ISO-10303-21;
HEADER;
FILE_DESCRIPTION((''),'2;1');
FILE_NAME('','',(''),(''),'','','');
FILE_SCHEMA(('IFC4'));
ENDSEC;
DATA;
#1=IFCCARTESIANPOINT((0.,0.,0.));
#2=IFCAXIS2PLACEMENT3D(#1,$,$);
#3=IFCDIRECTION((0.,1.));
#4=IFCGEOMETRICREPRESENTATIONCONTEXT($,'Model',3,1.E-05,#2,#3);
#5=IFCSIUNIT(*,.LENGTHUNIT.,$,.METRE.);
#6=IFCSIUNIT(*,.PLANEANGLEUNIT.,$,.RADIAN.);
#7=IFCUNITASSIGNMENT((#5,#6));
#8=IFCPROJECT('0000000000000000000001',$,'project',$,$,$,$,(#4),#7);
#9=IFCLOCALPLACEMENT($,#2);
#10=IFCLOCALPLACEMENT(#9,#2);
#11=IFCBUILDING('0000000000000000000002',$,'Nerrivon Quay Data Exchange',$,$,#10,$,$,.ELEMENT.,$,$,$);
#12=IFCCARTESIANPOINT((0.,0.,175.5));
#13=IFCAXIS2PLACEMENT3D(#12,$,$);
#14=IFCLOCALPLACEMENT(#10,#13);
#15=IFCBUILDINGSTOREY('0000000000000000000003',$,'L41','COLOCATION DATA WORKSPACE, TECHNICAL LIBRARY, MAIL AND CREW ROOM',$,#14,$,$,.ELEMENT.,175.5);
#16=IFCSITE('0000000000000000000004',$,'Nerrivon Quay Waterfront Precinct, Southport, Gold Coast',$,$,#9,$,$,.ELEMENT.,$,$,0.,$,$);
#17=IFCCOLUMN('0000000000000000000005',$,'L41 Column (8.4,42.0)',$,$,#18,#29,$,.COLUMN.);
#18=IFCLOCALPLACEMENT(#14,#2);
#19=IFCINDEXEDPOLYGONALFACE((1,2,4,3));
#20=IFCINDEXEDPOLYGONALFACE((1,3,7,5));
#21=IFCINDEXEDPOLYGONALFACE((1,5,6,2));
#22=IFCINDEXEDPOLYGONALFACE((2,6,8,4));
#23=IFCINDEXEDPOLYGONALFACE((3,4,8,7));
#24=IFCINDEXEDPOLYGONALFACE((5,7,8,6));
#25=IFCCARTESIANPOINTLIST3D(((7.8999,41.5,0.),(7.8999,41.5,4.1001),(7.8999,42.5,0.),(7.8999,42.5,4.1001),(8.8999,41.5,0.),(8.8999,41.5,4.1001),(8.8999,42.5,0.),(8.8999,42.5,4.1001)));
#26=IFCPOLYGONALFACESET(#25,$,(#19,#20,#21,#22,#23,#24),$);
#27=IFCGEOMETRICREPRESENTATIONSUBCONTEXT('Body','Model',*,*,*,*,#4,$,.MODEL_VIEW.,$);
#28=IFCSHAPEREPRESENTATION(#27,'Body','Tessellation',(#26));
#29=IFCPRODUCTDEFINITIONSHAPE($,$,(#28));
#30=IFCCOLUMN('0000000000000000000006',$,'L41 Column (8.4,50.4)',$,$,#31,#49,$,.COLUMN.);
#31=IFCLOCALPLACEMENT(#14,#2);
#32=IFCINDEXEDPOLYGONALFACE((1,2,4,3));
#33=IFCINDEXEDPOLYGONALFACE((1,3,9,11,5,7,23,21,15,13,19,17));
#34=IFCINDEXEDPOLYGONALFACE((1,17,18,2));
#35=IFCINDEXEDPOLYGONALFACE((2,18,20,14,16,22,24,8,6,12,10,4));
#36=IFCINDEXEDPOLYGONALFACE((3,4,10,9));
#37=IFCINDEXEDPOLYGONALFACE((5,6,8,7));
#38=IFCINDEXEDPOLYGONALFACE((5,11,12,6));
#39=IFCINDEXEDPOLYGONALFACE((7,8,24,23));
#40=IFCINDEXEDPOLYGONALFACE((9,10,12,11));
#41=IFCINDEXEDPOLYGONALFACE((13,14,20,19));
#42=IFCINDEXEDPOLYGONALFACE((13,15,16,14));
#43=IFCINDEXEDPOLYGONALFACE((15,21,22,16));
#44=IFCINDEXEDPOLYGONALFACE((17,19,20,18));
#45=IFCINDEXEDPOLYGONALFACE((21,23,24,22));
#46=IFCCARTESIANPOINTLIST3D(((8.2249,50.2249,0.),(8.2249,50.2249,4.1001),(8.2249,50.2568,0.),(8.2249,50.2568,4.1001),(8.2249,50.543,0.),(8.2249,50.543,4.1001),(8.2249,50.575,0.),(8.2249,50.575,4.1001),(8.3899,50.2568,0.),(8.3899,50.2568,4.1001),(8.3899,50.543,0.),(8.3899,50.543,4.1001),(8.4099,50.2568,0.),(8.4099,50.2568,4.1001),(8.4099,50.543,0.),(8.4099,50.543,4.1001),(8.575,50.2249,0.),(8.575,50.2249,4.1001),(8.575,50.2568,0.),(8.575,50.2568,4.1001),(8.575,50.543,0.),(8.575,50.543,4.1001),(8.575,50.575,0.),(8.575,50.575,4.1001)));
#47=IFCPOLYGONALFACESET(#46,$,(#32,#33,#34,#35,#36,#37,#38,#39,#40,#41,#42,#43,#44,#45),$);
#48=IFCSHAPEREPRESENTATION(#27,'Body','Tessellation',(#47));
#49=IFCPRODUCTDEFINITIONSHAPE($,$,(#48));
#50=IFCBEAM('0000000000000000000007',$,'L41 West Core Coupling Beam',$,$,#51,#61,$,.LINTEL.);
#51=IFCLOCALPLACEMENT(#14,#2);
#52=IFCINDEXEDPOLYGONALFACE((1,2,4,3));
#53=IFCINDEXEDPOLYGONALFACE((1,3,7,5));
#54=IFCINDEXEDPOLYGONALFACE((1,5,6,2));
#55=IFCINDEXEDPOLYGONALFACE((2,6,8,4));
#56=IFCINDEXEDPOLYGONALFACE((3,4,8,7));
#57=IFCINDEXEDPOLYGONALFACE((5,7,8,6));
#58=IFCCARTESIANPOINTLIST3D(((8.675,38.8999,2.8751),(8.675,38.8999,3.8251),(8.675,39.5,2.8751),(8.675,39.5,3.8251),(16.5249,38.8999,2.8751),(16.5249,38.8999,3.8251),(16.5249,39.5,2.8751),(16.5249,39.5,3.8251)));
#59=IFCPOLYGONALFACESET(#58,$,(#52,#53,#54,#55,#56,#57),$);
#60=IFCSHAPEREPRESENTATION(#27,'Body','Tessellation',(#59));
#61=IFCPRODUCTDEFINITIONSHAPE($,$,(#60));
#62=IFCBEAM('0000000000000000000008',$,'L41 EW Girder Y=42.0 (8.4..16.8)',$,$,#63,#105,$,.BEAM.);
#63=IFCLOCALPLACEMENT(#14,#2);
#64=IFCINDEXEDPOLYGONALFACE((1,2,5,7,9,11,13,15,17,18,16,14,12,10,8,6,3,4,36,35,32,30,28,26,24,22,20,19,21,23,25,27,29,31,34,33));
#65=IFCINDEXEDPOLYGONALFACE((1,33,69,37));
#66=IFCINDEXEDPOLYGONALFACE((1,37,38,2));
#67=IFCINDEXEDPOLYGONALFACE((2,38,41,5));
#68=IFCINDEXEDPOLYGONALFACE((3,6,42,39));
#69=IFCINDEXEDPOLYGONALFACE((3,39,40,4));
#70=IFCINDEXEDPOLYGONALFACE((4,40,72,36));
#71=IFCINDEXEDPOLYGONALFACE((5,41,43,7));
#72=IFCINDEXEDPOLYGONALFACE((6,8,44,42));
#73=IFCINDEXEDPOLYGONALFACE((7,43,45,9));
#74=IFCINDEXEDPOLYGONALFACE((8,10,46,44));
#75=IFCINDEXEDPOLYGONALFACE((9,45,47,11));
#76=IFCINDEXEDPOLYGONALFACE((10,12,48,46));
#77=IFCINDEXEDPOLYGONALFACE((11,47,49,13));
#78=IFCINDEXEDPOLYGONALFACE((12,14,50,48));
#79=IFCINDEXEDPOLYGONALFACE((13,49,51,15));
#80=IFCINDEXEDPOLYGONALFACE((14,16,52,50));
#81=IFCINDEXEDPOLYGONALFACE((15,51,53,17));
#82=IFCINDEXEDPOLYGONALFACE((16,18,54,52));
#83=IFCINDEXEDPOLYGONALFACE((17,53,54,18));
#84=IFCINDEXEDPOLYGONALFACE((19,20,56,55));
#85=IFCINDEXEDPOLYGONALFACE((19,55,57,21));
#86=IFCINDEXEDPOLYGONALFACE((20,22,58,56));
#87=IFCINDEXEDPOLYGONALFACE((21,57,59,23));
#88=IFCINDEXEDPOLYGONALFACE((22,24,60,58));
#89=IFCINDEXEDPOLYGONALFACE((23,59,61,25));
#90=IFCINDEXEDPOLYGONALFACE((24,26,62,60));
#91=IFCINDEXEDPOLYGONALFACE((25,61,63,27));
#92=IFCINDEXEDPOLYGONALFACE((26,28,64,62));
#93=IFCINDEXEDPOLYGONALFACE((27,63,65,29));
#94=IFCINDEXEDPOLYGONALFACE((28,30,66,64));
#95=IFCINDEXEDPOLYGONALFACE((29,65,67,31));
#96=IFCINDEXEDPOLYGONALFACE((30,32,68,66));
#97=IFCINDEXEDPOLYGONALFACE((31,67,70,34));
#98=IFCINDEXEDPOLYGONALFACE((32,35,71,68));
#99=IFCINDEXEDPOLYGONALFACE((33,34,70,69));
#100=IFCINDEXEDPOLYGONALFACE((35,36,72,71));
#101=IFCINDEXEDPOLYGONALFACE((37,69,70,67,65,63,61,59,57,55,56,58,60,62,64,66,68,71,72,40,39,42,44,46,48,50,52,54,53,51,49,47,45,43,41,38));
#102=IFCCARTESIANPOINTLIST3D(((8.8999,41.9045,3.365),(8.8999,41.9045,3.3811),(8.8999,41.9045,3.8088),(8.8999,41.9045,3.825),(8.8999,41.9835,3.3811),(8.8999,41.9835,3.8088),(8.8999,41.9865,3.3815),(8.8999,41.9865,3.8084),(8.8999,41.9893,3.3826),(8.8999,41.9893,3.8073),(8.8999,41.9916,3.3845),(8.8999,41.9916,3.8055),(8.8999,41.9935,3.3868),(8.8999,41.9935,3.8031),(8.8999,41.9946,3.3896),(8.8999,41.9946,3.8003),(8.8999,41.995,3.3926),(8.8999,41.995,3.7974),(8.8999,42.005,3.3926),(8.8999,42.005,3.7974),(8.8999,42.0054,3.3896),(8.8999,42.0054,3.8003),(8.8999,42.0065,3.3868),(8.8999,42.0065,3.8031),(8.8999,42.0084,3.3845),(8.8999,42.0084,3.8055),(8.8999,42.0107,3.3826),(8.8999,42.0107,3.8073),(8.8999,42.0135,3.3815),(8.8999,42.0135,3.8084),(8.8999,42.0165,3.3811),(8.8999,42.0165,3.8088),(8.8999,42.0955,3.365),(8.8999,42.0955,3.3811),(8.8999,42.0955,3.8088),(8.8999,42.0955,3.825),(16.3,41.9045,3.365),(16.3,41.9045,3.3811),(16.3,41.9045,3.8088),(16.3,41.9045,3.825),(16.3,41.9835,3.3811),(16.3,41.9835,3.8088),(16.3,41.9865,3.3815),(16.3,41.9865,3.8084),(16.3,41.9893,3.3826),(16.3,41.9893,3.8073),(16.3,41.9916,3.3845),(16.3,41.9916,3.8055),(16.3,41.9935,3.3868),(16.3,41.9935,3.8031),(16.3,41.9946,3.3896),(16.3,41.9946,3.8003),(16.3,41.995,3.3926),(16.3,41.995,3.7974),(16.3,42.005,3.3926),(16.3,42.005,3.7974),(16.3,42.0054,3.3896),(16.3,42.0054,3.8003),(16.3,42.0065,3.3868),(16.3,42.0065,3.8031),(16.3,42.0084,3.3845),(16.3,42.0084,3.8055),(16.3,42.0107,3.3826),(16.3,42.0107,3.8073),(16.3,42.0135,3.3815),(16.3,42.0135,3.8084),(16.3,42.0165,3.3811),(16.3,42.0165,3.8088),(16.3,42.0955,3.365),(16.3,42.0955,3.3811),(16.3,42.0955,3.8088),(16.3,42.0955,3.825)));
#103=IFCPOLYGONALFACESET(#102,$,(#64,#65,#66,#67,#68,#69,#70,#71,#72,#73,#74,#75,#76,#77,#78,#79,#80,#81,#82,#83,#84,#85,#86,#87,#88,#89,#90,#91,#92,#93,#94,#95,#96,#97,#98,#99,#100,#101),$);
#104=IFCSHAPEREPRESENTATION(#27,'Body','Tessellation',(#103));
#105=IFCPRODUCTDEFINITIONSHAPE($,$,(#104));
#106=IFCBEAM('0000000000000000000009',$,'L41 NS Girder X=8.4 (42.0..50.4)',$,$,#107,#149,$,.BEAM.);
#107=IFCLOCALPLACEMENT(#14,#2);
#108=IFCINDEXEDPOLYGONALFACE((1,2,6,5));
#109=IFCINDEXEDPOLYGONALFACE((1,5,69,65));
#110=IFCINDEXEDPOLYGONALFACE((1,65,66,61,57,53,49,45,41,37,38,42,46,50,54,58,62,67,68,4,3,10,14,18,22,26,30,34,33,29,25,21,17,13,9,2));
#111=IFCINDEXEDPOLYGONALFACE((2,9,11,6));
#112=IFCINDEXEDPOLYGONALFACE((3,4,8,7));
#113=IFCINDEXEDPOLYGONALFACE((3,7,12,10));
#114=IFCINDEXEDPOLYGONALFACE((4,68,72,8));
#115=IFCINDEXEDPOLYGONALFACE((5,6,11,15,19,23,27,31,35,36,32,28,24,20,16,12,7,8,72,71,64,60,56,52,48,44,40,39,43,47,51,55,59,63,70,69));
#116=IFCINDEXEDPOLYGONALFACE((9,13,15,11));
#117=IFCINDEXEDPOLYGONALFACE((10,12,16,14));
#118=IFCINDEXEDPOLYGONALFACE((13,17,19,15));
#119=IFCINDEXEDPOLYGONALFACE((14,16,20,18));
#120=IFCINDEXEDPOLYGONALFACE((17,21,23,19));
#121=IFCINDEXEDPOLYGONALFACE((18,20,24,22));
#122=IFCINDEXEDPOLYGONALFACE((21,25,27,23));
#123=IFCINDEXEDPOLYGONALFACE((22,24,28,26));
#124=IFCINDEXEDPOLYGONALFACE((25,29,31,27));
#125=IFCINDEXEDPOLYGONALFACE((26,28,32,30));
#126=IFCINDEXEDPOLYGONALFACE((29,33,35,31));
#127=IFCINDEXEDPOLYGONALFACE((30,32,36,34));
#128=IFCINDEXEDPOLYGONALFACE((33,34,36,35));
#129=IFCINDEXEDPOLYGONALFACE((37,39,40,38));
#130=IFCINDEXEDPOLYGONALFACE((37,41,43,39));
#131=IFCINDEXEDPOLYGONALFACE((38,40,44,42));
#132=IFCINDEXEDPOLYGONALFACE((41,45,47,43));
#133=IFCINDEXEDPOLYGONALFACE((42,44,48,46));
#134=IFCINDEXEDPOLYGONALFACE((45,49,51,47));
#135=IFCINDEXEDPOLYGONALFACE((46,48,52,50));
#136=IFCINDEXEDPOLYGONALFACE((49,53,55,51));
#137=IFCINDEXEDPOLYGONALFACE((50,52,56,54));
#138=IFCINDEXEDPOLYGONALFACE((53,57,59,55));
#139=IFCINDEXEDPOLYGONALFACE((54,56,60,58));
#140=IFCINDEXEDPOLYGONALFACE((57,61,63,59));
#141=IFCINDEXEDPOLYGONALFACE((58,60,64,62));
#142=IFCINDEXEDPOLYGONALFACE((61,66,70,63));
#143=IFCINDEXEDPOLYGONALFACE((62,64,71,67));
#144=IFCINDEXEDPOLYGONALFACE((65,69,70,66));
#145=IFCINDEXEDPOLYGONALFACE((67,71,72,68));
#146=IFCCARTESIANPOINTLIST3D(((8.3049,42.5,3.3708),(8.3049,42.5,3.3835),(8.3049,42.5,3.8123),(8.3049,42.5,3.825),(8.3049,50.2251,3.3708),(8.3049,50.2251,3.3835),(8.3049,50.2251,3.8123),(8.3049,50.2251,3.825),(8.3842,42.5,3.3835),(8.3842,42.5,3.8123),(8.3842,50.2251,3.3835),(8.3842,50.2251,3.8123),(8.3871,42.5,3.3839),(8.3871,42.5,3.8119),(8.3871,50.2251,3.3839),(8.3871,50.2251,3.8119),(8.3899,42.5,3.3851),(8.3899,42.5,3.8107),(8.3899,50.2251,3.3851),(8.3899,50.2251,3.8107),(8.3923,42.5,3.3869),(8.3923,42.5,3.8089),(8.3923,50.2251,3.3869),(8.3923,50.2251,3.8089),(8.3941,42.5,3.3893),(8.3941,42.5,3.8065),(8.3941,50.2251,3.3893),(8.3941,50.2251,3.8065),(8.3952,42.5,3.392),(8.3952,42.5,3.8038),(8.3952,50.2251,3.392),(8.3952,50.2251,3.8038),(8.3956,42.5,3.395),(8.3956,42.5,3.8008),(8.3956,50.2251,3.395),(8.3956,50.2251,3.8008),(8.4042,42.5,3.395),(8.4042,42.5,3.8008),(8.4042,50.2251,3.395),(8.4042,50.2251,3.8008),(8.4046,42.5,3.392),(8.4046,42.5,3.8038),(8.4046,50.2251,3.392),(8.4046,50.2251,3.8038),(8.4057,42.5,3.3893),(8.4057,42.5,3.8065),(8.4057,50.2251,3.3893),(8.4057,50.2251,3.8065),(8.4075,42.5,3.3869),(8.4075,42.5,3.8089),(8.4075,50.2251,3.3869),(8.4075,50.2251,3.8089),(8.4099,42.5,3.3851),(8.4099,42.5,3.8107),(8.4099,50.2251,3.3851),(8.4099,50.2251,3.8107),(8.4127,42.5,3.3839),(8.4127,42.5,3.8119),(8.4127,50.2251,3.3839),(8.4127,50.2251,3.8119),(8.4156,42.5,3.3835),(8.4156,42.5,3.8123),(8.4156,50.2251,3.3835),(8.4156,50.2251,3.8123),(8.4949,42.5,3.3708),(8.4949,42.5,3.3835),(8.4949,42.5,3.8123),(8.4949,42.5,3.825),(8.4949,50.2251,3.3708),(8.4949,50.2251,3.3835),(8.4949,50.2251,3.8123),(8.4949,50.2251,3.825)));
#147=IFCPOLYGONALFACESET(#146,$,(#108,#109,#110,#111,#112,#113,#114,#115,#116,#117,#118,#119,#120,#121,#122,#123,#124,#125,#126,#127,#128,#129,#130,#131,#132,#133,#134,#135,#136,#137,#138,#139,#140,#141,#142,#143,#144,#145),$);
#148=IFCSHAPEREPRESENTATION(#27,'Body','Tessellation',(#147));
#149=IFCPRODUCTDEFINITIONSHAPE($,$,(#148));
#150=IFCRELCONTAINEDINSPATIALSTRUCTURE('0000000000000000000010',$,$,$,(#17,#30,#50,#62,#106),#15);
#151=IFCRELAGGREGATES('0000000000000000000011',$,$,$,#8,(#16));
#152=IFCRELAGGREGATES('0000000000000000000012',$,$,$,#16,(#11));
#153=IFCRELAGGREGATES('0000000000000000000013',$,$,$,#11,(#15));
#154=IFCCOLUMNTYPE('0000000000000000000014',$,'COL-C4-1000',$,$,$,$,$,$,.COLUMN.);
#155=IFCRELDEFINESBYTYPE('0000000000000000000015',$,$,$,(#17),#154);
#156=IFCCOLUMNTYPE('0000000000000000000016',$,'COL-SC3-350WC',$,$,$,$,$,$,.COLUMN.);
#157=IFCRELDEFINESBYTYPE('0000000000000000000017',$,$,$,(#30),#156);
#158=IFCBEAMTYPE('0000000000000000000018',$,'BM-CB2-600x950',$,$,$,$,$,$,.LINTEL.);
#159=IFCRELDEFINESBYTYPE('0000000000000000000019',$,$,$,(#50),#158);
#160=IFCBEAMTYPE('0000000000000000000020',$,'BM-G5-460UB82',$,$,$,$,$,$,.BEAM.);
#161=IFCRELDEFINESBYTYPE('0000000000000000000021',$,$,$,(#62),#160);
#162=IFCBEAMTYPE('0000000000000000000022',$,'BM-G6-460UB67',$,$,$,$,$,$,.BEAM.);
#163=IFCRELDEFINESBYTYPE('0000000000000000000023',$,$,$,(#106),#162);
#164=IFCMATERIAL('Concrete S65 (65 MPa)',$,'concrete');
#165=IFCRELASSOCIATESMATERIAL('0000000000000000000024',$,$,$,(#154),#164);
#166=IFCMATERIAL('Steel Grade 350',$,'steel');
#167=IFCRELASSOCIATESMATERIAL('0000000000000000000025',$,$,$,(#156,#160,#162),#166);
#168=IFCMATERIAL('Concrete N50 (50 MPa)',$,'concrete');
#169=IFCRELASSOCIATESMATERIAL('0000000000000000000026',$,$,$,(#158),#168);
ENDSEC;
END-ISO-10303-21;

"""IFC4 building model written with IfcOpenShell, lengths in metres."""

from ifc_helpers import new_model, si_unit, direction, frame, origin, origin_2d, place, context, subcontext, project, spatial, rectangle, i_section, extrude, material, material_profile, profile_set, type_object, element, save


model = new_model("IFC4")

# Units and contexts
model_context = context("Model", 3, precision=1e-05, world=origin(), true_north=direction((0.0, 1.0)))
body_context = subcontext(model_context, "Body", "Model", "MODEL_VIEW")
ifc_project = project(units=[si_unit("LENGTHUNIT", "METRE"), si_unit("PLANEANGLEUNIT", "RADIAN")], contexts=[model_context])

# Site, building, storey
site_placement = place(None, origin())
site = spatial("IfcSite", under=ifc_project, at=site_placement, Name="Nerrivon Quay Waterfront Precinct, Southport, Gold Coast", CompositionType="ELEMENT", RefElevation=0.0)
building_placement = place(site_placement, origin())
building = spatial("IfcBuilding", under=site, at=building_placement, Name="Nerrivon Quay Data Exchange", CompositionType="ELEMENT")
storey_placement = place(building_placement, frame((0.0, 0.0, 175.5)))
storey = spatial("IfcBuildingStorey", under=building, at=storey_placement, Name="L41", Description="COLOCATION DATA WORKSPACE, TECHNICAL LIBRARY, MAIL AND CREW ROOM", CompositionType="ELEMENT", Elevation=175.5)

# Columns
ifc_material_1 = material(Name="Concrete S65 (65 MPa)", Category="concrete")
ifc_material_profile_1 = material_profile(ifc_material_1, rectangle(XDim=1.0, YDim=1.0, at=origin_2d()), Name="RC-COL-1000x1000")
ifc_profile_set_1 = profile_set([ifc_material_profile_1], Name="Concrete S65 (65 MPa)")
column_type_1 = type_object("IfcColumnType", Name="COL-C4-1000", PredefinedType="COLUMN", material=ifc_profile_set_1)
column_1_placement = place(storey_placement, frame((8.3999, 42.0, 0.0), z_axis=(0.0, 0.0, 1.0), x_axis=(1.0, 0.0, 0.0)))
element("IfcColumn", 1, at=column_1_placement, inside=storey, type_object=column_type_1, Name="L41 Column (8.4,42.0)", PredefinedType="COLUMN", context=body_context, shape_type="SweptSolid", body=[
    extrude(rectangle(XDim=1.0, YDim=1.0, at=origin_2d()), origin(), (0.0, 0.0, 1.0), 4.1001),
])
ifc_material_2 = material(Name="Steel Grade 350", Category="steel")
ifc_material_profile_2 = material_profile(ifc_material_2, i_section(OverallWidth=0.3501, OverallDepth=0.3501, WebThickness=0.02, FlangeThickness=0.032, at=origin_2d()), Name="350WC230")
ifc_profile_set_2 = profile_set([ifc_material_profile_2], Name="Steel Grade 350")
column_type_2 = type_object("IfcColumnType", Name="COL-SC3-350WC", PredefinedType="COLUMN", material=ifc_profile_set_2)
column_2_placement = place(storey_placement, frame((8.3999, 50.3999, 0.0), z_axis=(0.0, 0.0, 1.0), x_axis=(1.0, 0.0, 0.0)))
element("IfcColumn", 2, at=column_2_placement, inside=storey, type_object=column_type_2, Name="L41 Column (8.4,50.4)", PredefinedType="COLUMN", context=body_context, shape_type="SweptSolid", body=[
    extrude(i_section(OverallWidth=0.3501, OverallDepth=0.3501, WebThickness=0.02, FlangeThickness=0.032, at=origin_2d()), origin(), (0.0, 0.0, 1.0), 4.1001),
])

# Beams
ifc_material_3 = material(Name="Concrete N50 (50 MPa)", Category="concrete")
ifc_material_profile_3 = material_profile(ifc_material_3, rectangle(XDim=0.6001, YDim=0.95, at=origin_2d()), Name="RC-CB-600x950")
ifc_profile_set_3 = profile_set([ifc_material_profile_3], Name="Concrete N50 (50 MPa)")
beam_type_1 = type_object("IfcBeamType", Name="BM-CB2-600x950", PredefinedType="LINTEL", material=ifc_profile_set_3)
beam_1_placement = place(storey_placement, frame((8.675, 39.2, 3.3501), z_axis=(1.0, 0.0, 0.0), x_axis=(0.0, 1.0, 0.0)))
element("IfcBeam", 3, at=beam_1_placement, inside=storey, type_object=beam_type_1, Name="L41 West Core Coupling Beam", PredefinedType="LINTEL", context=body_context, shape_type="SweptSolid", body=[
    extrude(rectangle(XDim=0.6001, YDim=0.95, at=origin_2d()), origin(), (0.0, 0.0, 1.0), 7.8499),
])
ifc_material_profile_4 = material_profile(ifc_material_2, i_section(OverallWidth=0.1909, OverallDepth=0.46, WebThickness=0.01, FlangeThickness=0.0161, FilletRadius=0.0115, at=origin_2d()), Name="460UB82.1")
ifc_profile_set_4 = profile_set([ifc_material_profile_4], Name="Steel Grade 350")
beam_type_2 = type_object("IfcBeamType", Name="BM-G5-460UB82", PredefinedType="BEAM", material=ifc_profile_set_4)
beam_2_placement = place(storey_placement, frame((8.8999, 42.0, 3.595), z_axis=(1.0, 0.0, 0.0), x_axis=(0.0, 1.0, 0.0)))
element("IfcBeam", 4, at=beam_2_placement, inside=storey, type_object=beam_type_2, Name="L41 EW Girder Y=42.0 (8.4..16.8)", PredefinedType="BEAM", context=body_context, shape_type="SweptSolid", body=[
    extrude(i_section(OverallWidth=0.1909, OverallDepth=0.46, WebThickness=0.01, FlangeThickness=0.0161, FilletRadius=0.0115, at=origin_2d()), origin(), (0.0, 0.0, 1.0), 7.4001),
])
ifc_material_profile_5 = material_profile(ifc_material_2, i_section(OverallWidth=0.1899, OverallDepth=0.4541, WebThickness=0.0085, FlangeThickness=0.0127, FilletRadius=0.0115, at=origin_2d()), Name="460UB67.1")
ifc_profile_set_5 = profile_set([ifc_material_profile_5], Name="Steel Grade 350")
beam_type_3 = type_object("IfcBeamType", Name="BM-G6-460UB67", PredefinedType="BEAM", material=ifc_profile_set_5)
beam_3_placement = place(storey_placement, frame((8.3999, 42.5, 3.5979), z_axis=(0.0, 1.0, 0.0), x_axis=(-1.0, 0.0, 0.0)))
element("IfcBeam", 5, at=beam_3_placement, inside=storey, type_object=beam_type_3, Name="L41 NS Girder X=8.4 (42.0..50.4)", PredefinedType="BEAM", context=body_context, shape_type="SweptSolid", body=[
    extrude(i_section(OverallWidth=0.1899, OverallDepth=0.4541, WebThickness=0.0085, FlangeThickness=0.0127, FilletRadius=0.0115, at=origin_2d()), origin(), (0.0, 0.0, 1.0), 7.7251),
])

save(model, "model.ifc")
